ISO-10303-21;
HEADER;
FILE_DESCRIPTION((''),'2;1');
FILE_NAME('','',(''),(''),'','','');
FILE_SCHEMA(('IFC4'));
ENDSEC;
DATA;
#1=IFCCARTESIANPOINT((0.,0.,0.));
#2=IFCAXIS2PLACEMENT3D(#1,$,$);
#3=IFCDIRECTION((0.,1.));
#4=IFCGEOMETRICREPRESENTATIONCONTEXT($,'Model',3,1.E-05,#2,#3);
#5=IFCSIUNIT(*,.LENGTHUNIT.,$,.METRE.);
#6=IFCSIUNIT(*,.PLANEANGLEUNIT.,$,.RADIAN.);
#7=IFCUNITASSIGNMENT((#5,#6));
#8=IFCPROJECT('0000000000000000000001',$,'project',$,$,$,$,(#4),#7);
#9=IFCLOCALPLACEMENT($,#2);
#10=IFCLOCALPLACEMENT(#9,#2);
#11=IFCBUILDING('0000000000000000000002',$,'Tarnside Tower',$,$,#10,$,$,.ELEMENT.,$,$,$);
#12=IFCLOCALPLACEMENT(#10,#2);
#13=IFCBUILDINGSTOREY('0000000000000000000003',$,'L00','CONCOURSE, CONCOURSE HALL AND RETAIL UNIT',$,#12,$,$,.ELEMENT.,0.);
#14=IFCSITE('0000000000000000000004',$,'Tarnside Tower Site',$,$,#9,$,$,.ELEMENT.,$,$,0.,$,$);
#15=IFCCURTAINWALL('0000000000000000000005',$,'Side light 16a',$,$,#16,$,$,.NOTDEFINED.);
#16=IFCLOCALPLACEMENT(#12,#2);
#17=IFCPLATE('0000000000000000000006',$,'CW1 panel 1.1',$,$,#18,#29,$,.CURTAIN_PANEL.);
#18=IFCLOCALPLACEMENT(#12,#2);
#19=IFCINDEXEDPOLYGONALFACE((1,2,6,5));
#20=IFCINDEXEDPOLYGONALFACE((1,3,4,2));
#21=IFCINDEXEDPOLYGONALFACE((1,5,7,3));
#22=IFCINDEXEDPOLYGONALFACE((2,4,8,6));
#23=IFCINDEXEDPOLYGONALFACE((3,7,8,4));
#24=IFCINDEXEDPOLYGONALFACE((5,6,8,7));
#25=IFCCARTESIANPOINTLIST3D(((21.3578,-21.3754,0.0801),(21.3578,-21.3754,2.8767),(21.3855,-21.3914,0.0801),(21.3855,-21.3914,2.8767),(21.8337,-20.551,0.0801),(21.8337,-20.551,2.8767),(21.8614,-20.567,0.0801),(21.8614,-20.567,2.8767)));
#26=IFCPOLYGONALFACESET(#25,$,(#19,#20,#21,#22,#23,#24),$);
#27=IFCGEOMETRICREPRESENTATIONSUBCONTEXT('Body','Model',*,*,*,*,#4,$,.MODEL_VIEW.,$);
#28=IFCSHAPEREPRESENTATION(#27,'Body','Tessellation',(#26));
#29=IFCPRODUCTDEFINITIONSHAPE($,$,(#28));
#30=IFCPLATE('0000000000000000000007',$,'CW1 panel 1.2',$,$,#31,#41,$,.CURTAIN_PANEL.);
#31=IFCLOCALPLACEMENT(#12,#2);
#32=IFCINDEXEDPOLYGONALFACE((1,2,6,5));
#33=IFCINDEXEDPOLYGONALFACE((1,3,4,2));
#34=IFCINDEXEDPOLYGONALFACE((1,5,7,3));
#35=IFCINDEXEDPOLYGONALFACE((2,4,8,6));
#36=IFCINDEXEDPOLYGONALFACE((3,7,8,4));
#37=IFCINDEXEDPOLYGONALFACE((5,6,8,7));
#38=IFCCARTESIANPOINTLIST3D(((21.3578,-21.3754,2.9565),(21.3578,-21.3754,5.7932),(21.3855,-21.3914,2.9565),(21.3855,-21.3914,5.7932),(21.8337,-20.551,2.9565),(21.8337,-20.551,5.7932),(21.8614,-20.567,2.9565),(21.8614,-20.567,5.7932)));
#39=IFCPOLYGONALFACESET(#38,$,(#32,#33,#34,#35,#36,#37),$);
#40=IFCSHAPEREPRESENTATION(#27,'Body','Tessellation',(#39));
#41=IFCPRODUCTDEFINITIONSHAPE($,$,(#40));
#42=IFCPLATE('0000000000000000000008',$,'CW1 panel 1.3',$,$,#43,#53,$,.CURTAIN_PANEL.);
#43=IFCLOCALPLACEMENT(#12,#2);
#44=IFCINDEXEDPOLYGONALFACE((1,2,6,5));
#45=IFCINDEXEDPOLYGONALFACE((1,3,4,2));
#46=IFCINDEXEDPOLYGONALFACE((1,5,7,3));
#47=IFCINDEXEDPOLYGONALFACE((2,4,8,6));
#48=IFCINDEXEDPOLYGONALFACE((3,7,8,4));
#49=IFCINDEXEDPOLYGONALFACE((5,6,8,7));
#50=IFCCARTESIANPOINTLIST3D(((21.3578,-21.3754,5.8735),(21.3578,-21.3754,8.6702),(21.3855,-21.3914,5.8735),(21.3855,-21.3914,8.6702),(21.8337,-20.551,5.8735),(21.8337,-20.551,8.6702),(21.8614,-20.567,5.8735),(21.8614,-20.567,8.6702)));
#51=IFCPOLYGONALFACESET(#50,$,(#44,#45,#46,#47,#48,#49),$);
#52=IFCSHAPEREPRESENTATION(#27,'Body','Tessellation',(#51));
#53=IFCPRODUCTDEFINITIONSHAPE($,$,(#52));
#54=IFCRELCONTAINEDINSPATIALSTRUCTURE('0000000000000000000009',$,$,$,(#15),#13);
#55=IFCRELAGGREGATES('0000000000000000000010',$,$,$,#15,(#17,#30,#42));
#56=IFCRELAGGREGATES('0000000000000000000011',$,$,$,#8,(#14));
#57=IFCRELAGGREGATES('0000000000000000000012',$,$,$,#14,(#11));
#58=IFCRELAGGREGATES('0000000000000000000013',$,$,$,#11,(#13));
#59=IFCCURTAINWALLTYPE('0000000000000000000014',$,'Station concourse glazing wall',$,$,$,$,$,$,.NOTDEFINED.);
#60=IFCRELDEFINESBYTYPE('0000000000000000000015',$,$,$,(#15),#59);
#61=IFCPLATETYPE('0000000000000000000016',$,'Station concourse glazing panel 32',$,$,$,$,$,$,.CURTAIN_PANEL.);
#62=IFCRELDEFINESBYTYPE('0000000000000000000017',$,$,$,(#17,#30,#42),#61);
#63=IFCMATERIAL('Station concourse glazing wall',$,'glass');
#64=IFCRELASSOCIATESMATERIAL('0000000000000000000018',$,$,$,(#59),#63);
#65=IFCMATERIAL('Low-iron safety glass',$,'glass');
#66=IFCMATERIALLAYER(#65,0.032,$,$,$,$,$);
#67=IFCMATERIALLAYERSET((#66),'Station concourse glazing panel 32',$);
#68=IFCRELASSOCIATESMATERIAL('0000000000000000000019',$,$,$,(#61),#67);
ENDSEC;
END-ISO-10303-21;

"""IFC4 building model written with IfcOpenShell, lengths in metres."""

from ifc_helpers import new_model, si_unit, direction, frame, origin, origin_2d, place, context, subcontext, project, spatial, rectangle, extrude, material, layer, layer_set, type_object, element, aggregate, save


model = new_model("IFC4")

# Units and contexts
model_context = context("Model", 3, precision=1e-05, world=origin(), true_north=direction((0.0, 1.0)))
body_context = subcontext(model_context, "Body", "Model", "MODEL_VIEW")
ifc_project = project(units=[si_unit("LENGTHUNIT", "METRE"), si_unit("PLANEANGLEUNIT", "RADIAN")], contexts=[model_context])

# Site, building, storey
site_placement = place(None, origin())
site = spatial("IfcSite", under=ifc_project, at=site_placement, Name="Tarnside Tower Site", CompositionType="ELEMENT", RefElevation=0.0)
building_placement = place(site_placement, origin())
building = spatial("IfcBuilding", under=site, at=building_placement, Name="Tarnside Tower", CompositionType="ELEMENT")
storey_placement = place(building_placement, origin())
storey = spatial("IfcBuildingStorey", under=building, at=storey_placement, Name="L00", Description="CONCOURSE, CONCOURSE HALL AND RETAIL UNIT", CompositionType="ELEMENT", Elevation=0.0)

# Curtain wall
ifc_material_1 = material(Name="Station concourse glazing wall", Category="glass")
curtain_wall_type = type_object("IfcCurtainWallType", Name="Station concourse glazing wall", PredefinedType="NOTDEFINED", material=ifc_material_1)
curtain_wall_1_placement = place(storey_placement, origin())
curtain_wall_1 = element("IfcCurtainWall", 1, at=curtain_wall_1_placement, inside=storey, type_object=curtain_wall_type, Name="Side light 16a", PredefinedType="NOTDEFINED")

# Shared definitions
ifc_material_2 = material(Name="Low-iron safety glass", Category="glass")
ifc_layer = layer(ifc_material_2, 0.032)
ifc_layer_set = layer_set([ifc_layer], Name="Station concourse glazing panel 32")
plate_type = type_object("IfcPlateType", Name="Station concourse glazing panel 32", PredefinedType="CURTAIN_PANEL", material=ifc_layer_set)

# Plates
plate_1_placement = place(storey_placement, frame((21.6096, -20.9712, 0.0801), z_axis=(0.0, 0.0, 1.0), x_axis=(0.5, 0.866025, 0.0)))
plate_1 = element("IfcPlate", 2, at=plate_1_placement, type_object=plate_type, Name="CW1 panel 1.1", PredefinedType="CURTAIN_PANEL", context=body_context, shape_type="SweptSolid", body=[
    extrude(rectangle(XDim=0.9519, YDim=0.032, at=origin_2d()), origin(), (0.0, 0.0, 1.0), 2.7966),
])
plate_2_placement = place(storey_placement, frame((21.6096, -20.9712, 2.9565), z_axis=(0.0, 0.0, 1.0), x_axis=(0.5, 0.866025, 0.0)))
plate_2 = element("IfcPlate", 3, at=plate_2_placement, type_object=plate_type, Name="CW1 panel 1.2", PredefinedType="CURTAIN_PANEL", context=body_context, shape_type="SweptSolid", body=[
    extrude(rectangle(XDim=0.9519, YDim=0.032, at=origin_2d()), origin(), (0.0, 0.0, 1.0), 2.8367),
])
plate_3_placement = place(storey_placement, frame((21.6096, -20.9712, 5.8735), z_axis=(0.0, 0.0, 1.0), x_axis=(0.5, 0.866025, 0.0)))
plate_3 = element("IfcPlate", 4, at=plate_3_placement, type_object=plate_type, Name="CW1 panel 1.3", PredefinedType="CURTAIN_PANEL", context=body_context, shape_type="SweptSolid", body=[
    extrude(rectangle(XDim=0.9519, YDim=0.032, at=origin_2d()), origin(), (0.0, 0.0, 1.0), 2.7966),
])
aggregate(curtain_wall_1, [plate_1, plate_2, plate_3])

save(model, "model.ifc")
